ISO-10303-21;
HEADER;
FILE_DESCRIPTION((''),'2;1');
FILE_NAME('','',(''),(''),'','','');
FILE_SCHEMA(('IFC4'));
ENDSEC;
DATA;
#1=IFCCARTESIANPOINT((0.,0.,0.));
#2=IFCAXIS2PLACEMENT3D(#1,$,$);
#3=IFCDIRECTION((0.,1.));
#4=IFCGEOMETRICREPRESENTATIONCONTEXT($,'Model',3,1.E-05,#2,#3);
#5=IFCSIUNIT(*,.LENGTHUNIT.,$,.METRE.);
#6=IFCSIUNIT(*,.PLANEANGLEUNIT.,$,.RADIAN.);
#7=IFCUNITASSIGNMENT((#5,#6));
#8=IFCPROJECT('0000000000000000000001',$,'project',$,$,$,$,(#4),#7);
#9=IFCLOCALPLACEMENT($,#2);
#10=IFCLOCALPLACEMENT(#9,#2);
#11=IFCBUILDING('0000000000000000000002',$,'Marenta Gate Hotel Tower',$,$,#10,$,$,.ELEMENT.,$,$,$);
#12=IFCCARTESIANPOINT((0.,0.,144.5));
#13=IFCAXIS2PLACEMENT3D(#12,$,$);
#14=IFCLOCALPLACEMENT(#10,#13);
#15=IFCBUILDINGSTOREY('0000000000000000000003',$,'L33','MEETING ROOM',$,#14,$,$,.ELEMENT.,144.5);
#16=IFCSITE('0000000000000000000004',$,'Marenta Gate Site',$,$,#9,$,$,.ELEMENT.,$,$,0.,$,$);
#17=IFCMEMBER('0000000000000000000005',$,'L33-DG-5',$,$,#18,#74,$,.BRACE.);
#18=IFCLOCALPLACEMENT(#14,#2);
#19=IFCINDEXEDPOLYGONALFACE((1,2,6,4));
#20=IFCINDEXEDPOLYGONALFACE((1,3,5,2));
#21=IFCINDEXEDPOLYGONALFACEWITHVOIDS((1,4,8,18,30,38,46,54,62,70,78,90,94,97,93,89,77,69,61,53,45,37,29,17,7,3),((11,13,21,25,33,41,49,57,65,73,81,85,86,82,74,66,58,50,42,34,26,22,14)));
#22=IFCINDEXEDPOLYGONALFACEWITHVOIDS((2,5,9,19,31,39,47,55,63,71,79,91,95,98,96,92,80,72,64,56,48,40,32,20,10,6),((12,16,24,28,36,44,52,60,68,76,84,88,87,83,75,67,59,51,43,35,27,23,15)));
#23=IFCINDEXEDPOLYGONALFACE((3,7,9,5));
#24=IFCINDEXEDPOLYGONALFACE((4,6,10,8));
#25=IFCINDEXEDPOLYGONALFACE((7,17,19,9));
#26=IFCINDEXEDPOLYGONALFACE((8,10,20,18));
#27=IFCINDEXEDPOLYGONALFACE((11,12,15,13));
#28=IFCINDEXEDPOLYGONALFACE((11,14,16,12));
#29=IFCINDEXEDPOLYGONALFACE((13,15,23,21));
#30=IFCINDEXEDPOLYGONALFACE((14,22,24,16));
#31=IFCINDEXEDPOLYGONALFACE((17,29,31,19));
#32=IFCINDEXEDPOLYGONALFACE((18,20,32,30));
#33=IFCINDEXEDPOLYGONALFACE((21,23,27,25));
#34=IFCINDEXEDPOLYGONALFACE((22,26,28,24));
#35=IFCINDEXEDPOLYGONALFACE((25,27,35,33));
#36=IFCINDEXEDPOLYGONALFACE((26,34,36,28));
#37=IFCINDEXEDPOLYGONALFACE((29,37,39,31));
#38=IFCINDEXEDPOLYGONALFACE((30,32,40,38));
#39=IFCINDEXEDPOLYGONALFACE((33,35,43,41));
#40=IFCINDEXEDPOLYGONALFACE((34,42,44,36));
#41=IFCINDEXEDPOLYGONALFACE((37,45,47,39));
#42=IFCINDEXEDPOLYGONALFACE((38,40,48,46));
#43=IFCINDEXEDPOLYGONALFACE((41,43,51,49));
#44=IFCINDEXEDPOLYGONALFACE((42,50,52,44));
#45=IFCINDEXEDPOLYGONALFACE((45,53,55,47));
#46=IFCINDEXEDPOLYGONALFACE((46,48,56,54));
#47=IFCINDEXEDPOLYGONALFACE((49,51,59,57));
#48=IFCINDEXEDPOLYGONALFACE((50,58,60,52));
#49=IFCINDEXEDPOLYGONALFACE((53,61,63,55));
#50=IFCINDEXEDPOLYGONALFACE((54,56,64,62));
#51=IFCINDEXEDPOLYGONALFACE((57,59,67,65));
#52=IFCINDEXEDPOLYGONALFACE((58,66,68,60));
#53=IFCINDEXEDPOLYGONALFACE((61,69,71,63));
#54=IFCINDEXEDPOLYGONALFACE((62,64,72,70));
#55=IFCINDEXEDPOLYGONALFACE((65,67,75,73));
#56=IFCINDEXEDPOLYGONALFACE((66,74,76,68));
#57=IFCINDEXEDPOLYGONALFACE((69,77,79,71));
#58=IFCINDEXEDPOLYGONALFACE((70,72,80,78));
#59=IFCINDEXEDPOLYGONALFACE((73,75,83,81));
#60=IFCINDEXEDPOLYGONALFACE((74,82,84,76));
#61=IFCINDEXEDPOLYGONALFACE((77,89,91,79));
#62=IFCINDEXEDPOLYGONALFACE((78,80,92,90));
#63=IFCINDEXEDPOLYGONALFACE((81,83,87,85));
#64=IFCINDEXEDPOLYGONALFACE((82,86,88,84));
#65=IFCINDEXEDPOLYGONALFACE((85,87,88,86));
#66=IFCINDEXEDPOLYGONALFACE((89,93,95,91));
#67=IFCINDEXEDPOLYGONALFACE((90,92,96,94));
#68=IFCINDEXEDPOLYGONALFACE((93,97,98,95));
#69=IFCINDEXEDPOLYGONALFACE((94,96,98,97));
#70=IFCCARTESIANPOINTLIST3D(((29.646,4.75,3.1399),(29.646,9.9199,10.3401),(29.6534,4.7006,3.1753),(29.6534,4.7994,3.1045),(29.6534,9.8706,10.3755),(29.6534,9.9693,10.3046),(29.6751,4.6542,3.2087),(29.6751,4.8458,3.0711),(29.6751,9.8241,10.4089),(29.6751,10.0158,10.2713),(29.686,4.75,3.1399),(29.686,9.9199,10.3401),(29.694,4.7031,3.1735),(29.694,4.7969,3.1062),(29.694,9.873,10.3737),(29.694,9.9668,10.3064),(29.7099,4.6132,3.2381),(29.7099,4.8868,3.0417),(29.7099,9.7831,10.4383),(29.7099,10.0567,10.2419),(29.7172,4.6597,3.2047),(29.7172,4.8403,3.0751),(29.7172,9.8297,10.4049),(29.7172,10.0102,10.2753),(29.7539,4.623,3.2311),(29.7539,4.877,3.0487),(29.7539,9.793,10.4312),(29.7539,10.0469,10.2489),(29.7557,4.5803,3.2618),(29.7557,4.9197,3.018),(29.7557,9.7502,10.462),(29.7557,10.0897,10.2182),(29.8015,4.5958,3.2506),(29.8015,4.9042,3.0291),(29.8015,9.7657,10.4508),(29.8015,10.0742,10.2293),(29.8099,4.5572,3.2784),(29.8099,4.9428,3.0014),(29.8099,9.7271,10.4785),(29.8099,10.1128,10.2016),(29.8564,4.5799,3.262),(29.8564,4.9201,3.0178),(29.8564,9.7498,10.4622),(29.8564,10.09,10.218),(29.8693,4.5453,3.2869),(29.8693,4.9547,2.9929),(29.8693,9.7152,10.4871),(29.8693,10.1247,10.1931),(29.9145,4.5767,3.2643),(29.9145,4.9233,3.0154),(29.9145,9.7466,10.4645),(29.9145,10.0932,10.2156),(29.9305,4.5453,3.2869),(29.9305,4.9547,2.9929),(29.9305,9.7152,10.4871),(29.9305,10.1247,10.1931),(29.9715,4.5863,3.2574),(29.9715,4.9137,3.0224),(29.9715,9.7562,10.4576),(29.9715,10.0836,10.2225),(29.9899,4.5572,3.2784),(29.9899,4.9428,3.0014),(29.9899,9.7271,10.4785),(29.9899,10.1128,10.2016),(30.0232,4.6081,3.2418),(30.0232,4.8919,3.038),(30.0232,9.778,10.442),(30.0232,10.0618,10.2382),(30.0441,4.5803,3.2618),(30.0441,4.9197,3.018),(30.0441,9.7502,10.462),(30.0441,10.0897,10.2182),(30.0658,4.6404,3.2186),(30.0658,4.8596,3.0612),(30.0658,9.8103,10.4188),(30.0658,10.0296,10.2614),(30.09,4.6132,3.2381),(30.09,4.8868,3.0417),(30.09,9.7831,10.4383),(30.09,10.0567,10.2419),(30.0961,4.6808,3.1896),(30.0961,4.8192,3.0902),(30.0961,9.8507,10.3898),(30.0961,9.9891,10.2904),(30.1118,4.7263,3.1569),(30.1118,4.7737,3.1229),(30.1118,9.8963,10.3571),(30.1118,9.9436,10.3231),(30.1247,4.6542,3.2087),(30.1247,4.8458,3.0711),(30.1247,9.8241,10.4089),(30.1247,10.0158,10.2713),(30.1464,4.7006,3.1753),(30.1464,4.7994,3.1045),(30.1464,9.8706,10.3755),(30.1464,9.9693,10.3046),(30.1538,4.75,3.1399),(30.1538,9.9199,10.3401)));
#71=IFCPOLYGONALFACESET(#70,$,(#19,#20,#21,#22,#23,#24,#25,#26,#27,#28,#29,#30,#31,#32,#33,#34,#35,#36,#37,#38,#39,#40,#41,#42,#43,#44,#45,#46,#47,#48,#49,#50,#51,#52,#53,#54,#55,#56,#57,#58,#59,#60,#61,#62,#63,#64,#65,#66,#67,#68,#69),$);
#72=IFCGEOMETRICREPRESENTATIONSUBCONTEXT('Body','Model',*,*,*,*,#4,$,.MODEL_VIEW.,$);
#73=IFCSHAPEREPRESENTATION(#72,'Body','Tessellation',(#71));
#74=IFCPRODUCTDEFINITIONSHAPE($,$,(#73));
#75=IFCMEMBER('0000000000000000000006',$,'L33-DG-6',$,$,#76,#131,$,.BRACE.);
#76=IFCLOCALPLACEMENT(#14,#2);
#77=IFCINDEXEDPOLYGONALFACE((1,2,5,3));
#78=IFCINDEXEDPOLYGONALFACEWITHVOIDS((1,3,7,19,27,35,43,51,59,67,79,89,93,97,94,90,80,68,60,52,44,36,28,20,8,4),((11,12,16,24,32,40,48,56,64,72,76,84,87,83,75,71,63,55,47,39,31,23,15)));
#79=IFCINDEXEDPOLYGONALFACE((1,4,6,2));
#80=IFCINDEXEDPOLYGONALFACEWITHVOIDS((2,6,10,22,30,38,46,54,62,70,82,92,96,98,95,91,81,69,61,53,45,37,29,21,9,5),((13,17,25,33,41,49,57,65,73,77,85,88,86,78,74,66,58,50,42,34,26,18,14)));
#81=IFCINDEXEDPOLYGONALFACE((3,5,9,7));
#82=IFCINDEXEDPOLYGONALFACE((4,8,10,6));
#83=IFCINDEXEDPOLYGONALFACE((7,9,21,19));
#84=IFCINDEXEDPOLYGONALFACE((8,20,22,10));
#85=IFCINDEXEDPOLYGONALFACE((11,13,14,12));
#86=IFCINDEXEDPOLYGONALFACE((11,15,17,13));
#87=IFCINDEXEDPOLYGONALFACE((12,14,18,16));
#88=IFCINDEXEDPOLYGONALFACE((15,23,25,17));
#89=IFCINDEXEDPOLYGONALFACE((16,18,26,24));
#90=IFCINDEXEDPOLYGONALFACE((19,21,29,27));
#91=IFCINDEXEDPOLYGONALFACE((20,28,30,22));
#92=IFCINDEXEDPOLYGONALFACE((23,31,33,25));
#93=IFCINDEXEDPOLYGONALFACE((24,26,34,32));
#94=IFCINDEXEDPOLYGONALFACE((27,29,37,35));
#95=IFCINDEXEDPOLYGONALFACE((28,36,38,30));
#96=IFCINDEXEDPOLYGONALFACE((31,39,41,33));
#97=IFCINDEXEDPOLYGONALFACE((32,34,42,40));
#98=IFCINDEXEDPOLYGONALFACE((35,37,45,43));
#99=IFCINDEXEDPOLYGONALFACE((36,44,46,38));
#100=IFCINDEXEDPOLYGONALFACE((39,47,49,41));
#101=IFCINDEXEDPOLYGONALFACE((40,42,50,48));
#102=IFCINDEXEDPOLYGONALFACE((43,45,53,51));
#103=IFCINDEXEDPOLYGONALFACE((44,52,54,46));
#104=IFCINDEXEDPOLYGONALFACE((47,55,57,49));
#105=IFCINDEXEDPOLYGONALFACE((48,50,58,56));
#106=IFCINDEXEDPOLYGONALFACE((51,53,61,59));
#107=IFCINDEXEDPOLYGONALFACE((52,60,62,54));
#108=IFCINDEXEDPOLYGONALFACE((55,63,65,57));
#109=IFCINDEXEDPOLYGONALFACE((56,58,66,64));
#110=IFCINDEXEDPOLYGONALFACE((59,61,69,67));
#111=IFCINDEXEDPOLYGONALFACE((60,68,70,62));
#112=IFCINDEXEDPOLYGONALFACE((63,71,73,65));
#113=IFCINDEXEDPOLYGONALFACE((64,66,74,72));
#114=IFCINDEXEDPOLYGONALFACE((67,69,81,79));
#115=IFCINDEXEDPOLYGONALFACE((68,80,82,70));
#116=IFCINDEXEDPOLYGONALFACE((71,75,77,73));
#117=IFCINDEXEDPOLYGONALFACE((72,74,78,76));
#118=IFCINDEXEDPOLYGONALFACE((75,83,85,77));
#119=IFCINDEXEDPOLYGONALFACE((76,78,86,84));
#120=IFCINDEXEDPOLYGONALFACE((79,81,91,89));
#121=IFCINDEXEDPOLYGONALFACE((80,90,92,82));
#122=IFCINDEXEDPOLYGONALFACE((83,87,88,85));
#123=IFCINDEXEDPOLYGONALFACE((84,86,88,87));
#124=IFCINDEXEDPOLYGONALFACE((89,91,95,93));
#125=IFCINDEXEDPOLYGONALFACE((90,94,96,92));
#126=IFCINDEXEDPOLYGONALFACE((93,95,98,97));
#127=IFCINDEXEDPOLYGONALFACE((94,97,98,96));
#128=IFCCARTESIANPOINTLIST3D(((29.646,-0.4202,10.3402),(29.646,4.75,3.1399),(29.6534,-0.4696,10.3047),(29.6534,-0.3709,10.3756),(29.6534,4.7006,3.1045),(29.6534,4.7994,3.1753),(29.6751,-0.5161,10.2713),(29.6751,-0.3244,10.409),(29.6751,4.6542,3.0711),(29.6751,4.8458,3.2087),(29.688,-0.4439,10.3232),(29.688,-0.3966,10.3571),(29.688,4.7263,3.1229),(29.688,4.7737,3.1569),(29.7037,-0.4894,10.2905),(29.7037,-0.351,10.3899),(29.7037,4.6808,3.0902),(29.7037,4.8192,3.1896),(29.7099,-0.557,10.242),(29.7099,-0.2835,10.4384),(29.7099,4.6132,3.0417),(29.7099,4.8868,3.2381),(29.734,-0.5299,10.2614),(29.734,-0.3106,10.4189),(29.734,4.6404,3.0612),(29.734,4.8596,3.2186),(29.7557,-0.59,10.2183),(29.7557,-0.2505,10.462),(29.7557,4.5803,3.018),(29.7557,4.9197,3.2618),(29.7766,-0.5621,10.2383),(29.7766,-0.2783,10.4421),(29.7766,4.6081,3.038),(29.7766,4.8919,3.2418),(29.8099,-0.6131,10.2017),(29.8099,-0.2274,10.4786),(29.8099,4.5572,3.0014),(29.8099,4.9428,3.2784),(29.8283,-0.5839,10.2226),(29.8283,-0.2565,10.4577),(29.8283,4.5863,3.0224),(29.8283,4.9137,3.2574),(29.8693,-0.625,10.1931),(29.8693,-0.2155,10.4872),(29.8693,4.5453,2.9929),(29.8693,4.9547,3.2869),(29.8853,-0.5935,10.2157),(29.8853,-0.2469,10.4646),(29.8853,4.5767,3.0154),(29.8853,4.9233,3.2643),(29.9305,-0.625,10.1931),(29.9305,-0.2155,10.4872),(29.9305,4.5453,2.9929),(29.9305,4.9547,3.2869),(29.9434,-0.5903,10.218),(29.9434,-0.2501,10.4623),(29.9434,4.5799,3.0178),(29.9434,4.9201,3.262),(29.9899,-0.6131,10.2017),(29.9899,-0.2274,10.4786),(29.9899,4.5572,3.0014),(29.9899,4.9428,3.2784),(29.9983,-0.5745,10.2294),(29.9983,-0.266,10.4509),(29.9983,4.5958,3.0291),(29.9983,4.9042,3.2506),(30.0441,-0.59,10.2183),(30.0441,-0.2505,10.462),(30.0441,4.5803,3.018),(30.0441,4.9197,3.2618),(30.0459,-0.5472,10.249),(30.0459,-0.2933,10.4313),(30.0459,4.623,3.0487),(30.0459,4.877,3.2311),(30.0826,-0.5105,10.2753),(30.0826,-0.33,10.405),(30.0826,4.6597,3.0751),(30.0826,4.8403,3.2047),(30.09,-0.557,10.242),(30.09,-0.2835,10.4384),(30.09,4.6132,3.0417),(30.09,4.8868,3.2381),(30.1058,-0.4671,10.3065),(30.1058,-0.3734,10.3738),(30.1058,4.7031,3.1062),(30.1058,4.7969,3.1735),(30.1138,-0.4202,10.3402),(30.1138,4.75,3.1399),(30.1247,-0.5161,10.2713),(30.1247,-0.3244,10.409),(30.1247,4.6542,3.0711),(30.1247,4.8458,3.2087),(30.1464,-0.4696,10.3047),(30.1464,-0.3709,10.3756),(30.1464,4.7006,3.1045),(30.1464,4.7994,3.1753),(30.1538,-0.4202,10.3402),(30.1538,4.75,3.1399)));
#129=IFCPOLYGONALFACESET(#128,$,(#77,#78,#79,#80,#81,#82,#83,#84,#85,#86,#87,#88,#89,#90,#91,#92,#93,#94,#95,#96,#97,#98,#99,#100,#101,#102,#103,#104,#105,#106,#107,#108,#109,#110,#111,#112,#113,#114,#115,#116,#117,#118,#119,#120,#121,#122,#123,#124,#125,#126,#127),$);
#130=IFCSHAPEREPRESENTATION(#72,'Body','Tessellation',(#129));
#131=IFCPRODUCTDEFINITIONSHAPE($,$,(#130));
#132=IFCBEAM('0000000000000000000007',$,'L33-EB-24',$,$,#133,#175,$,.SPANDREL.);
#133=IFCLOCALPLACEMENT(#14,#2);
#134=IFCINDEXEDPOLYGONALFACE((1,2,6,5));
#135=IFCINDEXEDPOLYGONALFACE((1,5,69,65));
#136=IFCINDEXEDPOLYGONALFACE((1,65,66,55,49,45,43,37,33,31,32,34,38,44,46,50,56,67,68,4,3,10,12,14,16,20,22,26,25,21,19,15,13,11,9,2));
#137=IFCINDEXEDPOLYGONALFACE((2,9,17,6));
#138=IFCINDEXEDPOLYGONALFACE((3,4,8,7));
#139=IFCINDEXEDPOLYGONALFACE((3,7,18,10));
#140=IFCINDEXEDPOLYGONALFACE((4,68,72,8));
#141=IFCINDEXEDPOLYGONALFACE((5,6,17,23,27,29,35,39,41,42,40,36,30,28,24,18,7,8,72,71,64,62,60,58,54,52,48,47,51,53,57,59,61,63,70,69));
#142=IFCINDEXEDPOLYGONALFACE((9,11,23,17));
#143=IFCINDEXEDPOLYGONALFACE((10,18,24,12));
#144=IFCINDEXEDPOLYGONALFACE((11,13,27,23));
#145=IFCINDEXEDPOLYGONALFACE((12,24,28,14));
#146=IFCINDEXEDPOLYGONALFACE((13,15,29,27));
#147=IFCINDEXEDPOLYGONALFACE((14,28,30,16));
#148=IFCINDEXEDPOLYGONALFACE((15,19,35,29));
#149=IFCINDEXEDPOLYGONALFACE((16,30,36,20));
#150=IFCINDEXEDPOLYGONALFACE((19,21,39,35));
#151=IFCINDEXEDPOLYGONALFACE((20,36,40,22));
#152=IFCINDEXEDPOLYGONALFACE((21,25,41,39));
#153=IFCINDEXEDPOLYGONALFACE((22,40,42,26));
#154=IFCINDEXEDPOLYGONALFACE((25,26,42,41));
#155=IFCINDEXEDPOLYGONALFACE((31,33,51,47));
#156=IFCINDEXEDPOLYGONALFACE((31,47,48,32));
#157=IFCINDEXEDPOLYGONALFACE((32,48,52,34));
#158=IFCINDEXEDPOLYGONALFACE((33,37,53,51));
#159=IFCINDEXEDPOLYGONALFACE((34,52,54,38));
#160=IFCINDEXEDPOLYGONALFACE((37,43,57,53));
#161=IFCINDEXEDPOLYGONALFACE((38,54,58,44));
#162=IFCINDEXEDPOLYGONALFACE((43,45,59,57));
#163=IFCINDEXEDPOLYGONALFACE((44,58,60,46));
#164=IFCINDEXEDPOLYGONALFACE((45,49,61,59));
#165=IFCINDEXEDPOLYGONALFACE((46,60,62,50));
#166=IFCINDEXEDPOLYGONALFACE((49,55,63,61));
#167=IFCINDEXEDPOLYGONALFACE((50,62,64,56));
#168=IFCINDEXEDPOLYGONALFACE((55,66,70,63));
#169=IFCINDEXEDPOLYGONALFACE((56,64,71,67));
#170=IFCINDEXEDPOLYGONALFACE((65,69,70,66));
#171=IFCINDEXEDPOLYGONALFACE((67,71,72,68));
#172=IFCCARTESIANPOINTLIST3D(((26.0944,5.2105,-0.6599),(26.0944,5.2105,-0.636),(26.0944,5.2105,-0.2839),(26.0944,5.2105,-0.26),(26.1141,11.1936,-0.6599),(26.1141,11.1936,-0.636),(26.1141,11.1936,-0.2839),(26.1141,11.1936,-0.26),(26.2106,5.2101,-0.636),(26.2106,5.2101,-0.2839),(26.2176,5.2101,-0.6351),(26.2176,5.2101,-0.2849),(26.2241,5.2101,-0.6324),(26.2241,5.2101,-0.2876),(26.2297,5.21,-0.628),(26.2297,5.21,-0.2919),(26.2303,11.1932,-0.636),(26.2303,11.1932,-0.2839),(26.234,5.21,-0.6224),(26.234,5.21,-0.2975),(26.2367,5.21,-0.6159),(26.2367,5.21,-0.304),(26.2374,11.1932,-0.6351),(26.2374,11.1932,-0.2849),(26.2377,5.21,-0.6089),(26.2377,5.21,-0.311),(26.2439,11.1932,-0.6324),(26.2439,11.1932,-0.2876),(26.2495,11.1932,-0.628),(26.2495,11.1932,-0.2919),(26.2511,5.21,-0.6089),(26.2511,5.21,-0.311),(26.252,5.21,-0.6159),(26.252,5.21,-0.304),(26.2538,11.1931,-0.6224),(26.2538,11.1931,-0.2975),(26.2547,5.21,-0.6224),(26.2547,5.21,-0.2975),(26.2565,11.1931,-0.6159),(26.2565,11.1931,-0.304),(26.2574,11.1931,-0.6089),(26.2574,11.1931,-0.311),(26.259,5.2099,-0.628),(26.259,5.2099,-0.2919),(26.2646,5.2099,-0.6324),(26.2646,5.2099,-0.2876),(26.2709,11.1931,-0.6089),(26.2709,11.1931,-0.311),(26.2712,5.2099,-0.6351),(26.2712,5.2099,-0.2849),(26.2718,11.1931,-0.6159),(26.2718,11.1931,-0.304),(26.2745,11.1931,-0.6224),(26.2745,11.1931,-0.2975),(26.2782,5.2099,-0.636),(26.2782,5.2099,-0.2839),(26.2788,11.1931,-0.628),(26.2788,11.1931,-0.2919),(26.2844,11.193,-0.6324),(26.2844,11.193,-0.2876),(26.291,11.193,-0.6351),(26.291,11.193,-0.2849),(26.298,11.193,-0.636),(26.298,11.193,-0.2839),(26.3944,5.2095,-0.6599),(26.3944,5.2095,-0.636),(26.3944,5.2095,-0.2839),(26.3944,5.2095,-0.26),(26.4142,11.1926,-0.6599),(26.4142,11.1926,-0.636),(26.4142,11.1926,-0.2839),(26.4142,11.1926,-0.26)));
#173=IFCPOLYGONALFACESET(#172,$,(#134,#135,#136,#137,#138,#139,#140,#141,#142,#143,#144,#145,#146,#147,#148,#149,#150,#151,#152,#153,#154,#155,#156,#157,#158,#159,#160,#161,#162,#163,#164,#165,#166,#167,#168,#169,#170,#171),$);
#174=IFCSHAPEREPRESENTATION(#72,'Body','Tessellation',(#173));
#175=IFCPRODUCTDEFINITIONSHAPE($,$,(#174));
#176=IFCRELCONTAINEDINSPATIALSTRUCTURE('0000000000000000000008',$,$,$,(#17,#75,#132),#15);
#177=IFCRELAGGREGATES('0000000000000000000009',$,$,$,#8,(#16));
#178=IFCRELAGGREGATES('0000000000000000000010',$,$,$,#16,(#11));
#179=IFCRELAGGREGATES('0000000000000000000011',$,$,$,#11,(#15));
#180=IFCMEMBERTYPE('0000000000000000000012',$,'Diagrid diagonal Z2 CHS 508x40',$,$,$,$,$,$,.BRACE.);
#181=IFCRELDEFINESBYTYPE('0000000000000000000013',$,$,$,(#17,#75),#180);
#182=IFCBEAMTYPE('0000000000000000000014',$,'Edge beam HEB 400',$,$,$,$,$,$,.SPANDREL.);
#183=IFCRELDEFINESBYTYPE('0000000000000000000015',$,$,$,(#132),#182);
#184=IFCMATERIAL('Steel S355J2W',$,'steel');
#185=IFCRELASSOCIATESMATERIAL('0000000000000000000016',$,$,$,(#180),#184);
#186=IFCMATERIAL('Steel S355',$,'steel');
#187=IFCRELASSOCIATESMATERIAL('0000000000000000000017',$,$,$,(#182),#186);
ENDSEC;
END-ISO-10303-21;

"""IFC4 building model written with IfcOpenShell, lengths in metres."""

from ifc_helpers import new_model, si_unit, direction, frame, origin, origin_2d, place, context, subcontext, project, spatial, hollow_circle, i_section, extrude, material, material_profile, profile_set, type_object, element, save


model = new_model("IFC4")

# Units and contexts
model_context = context("Model", 3, precision=1e-05, world=origin(), true_north=direction((0.0, 1.0)))
body_context = subcontext(model_context, "Body", "Model", "MODEL_VIEW")
ifc_project = project(units=[si_unit("LENGTHUNIT", "METRE"), si_unit("PLANEANGLEUNIT", "RADIAN")], contexts=[model_context])

# Site, building, storey
site_placement = place(None, origin())
site = spatial("IfcSite", under=ifc_project, at=site_placement, Name="Marenta Gate Site", CompositionType="ELEMENT", RefElevation=0.0)
building_placement = place(site_placement, origin())
building = spatial("IfcBuilding", under=site, at=building_placement, Name="Marenta Gate Hotel Tower", CompositionType="ELEMENT")
storey_placement = place(building_placement, frame((0.0, 0.0, 144.5)))
storey = spatial("IfcBuildingStorey", under=building, at=storey_placement, Name="L33", Description="MEETING ROOM", CompositionType="ELEMENT", Elevation=144.5)

# Members
ifc_material_1 = material(Name="Steel S355J2W", Category="steel")
ifc_material_profile_1 = material_profile(ifc_material_1, hollow_circle(Radius=0.2539, WallThickness=0.04, at=origin_2d()), Name="CHS 508x40")
ifc_profile_set_1 = profile_set([ifc_material_profile_1], Name="Steel S355J2W")
member_type_1 = type_object("IfcMemberType", Name="Diagrid diagonal Z2 CHS 508x40", PredefinedType="BRACE", material=ifc_profile_set_1)
member_1_placement = place(storey_placement, frame((29.8999, 4.75, 3.1399), z_axis=(0.0, 0.583248, 0.812294), x_axis=(-1.0, 0.0, 0.0)))
element("IfcMember", 1, at=member_1_placement, inside=storey, type_object=member_type_1, Name="L33-DG-5", PredefinedType="BRACE", context=body_context, shape_type="SweptSolid", body=[
    extrude(hollow_circle(Radius=0.2539, WallThickness=0.04, at=origin_2d()), origin(), (0.0, 0.0, 1.0), 8.864),
])
member_2_placement = place(storey_placement, frame((29.8999, 4.75, 3.1399), z_axis=(0.0, -0.583266, 0.812281), x_axis=(1.0, 0.0, 0.0)))
element("IfcMember", 2, at=member_2_placement, inside=storey, type_object=member_type_1, Name="L33-DG-6", PredefinedType="BRACE", context=body_context, shape_type="SweptSolid", body=[
    extrude(hollow_circle(Radius=0.2539, WallThickness=0.04, at=origin_2d()), origin(), (0.0, 0.0, 1.0), 8.8643),
])

# Beam
ifc_material_2 = material(Name="Steel S355", Category="steel")
ifc_material_profile_2 = material_profile(ifc_material_2, i_section(OverallWidth=0.3, OverallDepth=0.3999, WebThickness=0.0134, FlangeThickness=0.0239, FilletRadius=0.0271, at=origin_2d()), Name="HEB 400")
ifc_profile_set_2 = profile_set([ifc_material_profile_2], Name="Steel S355")
beam_type = type_object("IfcBeamType", Name="Edge beam HEB 400", PredefinedType="SPANDREL", material=ifc_profile_set_2)
beam_placement = place(storey_placement, frame((26.2642, 11.1931, -0.46), z_axis=(-0.003305, -0.999995, 0.0), x_axis=(0.999995, -0.003305, 0.0)))
element("IfcBeam", 3, at=beam_placement, inside=storey, type_object=beam_type, Name="L33-EB-24", PredefinedType="SPANDREL", context=body_context, shape_type="SweptSolid", body=[
    extrude(i_section(OverallWidth=0.3, OverallDepth=0.3999, WebThickness=0.0134, FlangeThickness=0.0239, FilletRadius=0.0271, at=origin_2d()), origin(), (0.0, 0.0, 1.0), 5.9832),
])

save(model, "model.ifc")
